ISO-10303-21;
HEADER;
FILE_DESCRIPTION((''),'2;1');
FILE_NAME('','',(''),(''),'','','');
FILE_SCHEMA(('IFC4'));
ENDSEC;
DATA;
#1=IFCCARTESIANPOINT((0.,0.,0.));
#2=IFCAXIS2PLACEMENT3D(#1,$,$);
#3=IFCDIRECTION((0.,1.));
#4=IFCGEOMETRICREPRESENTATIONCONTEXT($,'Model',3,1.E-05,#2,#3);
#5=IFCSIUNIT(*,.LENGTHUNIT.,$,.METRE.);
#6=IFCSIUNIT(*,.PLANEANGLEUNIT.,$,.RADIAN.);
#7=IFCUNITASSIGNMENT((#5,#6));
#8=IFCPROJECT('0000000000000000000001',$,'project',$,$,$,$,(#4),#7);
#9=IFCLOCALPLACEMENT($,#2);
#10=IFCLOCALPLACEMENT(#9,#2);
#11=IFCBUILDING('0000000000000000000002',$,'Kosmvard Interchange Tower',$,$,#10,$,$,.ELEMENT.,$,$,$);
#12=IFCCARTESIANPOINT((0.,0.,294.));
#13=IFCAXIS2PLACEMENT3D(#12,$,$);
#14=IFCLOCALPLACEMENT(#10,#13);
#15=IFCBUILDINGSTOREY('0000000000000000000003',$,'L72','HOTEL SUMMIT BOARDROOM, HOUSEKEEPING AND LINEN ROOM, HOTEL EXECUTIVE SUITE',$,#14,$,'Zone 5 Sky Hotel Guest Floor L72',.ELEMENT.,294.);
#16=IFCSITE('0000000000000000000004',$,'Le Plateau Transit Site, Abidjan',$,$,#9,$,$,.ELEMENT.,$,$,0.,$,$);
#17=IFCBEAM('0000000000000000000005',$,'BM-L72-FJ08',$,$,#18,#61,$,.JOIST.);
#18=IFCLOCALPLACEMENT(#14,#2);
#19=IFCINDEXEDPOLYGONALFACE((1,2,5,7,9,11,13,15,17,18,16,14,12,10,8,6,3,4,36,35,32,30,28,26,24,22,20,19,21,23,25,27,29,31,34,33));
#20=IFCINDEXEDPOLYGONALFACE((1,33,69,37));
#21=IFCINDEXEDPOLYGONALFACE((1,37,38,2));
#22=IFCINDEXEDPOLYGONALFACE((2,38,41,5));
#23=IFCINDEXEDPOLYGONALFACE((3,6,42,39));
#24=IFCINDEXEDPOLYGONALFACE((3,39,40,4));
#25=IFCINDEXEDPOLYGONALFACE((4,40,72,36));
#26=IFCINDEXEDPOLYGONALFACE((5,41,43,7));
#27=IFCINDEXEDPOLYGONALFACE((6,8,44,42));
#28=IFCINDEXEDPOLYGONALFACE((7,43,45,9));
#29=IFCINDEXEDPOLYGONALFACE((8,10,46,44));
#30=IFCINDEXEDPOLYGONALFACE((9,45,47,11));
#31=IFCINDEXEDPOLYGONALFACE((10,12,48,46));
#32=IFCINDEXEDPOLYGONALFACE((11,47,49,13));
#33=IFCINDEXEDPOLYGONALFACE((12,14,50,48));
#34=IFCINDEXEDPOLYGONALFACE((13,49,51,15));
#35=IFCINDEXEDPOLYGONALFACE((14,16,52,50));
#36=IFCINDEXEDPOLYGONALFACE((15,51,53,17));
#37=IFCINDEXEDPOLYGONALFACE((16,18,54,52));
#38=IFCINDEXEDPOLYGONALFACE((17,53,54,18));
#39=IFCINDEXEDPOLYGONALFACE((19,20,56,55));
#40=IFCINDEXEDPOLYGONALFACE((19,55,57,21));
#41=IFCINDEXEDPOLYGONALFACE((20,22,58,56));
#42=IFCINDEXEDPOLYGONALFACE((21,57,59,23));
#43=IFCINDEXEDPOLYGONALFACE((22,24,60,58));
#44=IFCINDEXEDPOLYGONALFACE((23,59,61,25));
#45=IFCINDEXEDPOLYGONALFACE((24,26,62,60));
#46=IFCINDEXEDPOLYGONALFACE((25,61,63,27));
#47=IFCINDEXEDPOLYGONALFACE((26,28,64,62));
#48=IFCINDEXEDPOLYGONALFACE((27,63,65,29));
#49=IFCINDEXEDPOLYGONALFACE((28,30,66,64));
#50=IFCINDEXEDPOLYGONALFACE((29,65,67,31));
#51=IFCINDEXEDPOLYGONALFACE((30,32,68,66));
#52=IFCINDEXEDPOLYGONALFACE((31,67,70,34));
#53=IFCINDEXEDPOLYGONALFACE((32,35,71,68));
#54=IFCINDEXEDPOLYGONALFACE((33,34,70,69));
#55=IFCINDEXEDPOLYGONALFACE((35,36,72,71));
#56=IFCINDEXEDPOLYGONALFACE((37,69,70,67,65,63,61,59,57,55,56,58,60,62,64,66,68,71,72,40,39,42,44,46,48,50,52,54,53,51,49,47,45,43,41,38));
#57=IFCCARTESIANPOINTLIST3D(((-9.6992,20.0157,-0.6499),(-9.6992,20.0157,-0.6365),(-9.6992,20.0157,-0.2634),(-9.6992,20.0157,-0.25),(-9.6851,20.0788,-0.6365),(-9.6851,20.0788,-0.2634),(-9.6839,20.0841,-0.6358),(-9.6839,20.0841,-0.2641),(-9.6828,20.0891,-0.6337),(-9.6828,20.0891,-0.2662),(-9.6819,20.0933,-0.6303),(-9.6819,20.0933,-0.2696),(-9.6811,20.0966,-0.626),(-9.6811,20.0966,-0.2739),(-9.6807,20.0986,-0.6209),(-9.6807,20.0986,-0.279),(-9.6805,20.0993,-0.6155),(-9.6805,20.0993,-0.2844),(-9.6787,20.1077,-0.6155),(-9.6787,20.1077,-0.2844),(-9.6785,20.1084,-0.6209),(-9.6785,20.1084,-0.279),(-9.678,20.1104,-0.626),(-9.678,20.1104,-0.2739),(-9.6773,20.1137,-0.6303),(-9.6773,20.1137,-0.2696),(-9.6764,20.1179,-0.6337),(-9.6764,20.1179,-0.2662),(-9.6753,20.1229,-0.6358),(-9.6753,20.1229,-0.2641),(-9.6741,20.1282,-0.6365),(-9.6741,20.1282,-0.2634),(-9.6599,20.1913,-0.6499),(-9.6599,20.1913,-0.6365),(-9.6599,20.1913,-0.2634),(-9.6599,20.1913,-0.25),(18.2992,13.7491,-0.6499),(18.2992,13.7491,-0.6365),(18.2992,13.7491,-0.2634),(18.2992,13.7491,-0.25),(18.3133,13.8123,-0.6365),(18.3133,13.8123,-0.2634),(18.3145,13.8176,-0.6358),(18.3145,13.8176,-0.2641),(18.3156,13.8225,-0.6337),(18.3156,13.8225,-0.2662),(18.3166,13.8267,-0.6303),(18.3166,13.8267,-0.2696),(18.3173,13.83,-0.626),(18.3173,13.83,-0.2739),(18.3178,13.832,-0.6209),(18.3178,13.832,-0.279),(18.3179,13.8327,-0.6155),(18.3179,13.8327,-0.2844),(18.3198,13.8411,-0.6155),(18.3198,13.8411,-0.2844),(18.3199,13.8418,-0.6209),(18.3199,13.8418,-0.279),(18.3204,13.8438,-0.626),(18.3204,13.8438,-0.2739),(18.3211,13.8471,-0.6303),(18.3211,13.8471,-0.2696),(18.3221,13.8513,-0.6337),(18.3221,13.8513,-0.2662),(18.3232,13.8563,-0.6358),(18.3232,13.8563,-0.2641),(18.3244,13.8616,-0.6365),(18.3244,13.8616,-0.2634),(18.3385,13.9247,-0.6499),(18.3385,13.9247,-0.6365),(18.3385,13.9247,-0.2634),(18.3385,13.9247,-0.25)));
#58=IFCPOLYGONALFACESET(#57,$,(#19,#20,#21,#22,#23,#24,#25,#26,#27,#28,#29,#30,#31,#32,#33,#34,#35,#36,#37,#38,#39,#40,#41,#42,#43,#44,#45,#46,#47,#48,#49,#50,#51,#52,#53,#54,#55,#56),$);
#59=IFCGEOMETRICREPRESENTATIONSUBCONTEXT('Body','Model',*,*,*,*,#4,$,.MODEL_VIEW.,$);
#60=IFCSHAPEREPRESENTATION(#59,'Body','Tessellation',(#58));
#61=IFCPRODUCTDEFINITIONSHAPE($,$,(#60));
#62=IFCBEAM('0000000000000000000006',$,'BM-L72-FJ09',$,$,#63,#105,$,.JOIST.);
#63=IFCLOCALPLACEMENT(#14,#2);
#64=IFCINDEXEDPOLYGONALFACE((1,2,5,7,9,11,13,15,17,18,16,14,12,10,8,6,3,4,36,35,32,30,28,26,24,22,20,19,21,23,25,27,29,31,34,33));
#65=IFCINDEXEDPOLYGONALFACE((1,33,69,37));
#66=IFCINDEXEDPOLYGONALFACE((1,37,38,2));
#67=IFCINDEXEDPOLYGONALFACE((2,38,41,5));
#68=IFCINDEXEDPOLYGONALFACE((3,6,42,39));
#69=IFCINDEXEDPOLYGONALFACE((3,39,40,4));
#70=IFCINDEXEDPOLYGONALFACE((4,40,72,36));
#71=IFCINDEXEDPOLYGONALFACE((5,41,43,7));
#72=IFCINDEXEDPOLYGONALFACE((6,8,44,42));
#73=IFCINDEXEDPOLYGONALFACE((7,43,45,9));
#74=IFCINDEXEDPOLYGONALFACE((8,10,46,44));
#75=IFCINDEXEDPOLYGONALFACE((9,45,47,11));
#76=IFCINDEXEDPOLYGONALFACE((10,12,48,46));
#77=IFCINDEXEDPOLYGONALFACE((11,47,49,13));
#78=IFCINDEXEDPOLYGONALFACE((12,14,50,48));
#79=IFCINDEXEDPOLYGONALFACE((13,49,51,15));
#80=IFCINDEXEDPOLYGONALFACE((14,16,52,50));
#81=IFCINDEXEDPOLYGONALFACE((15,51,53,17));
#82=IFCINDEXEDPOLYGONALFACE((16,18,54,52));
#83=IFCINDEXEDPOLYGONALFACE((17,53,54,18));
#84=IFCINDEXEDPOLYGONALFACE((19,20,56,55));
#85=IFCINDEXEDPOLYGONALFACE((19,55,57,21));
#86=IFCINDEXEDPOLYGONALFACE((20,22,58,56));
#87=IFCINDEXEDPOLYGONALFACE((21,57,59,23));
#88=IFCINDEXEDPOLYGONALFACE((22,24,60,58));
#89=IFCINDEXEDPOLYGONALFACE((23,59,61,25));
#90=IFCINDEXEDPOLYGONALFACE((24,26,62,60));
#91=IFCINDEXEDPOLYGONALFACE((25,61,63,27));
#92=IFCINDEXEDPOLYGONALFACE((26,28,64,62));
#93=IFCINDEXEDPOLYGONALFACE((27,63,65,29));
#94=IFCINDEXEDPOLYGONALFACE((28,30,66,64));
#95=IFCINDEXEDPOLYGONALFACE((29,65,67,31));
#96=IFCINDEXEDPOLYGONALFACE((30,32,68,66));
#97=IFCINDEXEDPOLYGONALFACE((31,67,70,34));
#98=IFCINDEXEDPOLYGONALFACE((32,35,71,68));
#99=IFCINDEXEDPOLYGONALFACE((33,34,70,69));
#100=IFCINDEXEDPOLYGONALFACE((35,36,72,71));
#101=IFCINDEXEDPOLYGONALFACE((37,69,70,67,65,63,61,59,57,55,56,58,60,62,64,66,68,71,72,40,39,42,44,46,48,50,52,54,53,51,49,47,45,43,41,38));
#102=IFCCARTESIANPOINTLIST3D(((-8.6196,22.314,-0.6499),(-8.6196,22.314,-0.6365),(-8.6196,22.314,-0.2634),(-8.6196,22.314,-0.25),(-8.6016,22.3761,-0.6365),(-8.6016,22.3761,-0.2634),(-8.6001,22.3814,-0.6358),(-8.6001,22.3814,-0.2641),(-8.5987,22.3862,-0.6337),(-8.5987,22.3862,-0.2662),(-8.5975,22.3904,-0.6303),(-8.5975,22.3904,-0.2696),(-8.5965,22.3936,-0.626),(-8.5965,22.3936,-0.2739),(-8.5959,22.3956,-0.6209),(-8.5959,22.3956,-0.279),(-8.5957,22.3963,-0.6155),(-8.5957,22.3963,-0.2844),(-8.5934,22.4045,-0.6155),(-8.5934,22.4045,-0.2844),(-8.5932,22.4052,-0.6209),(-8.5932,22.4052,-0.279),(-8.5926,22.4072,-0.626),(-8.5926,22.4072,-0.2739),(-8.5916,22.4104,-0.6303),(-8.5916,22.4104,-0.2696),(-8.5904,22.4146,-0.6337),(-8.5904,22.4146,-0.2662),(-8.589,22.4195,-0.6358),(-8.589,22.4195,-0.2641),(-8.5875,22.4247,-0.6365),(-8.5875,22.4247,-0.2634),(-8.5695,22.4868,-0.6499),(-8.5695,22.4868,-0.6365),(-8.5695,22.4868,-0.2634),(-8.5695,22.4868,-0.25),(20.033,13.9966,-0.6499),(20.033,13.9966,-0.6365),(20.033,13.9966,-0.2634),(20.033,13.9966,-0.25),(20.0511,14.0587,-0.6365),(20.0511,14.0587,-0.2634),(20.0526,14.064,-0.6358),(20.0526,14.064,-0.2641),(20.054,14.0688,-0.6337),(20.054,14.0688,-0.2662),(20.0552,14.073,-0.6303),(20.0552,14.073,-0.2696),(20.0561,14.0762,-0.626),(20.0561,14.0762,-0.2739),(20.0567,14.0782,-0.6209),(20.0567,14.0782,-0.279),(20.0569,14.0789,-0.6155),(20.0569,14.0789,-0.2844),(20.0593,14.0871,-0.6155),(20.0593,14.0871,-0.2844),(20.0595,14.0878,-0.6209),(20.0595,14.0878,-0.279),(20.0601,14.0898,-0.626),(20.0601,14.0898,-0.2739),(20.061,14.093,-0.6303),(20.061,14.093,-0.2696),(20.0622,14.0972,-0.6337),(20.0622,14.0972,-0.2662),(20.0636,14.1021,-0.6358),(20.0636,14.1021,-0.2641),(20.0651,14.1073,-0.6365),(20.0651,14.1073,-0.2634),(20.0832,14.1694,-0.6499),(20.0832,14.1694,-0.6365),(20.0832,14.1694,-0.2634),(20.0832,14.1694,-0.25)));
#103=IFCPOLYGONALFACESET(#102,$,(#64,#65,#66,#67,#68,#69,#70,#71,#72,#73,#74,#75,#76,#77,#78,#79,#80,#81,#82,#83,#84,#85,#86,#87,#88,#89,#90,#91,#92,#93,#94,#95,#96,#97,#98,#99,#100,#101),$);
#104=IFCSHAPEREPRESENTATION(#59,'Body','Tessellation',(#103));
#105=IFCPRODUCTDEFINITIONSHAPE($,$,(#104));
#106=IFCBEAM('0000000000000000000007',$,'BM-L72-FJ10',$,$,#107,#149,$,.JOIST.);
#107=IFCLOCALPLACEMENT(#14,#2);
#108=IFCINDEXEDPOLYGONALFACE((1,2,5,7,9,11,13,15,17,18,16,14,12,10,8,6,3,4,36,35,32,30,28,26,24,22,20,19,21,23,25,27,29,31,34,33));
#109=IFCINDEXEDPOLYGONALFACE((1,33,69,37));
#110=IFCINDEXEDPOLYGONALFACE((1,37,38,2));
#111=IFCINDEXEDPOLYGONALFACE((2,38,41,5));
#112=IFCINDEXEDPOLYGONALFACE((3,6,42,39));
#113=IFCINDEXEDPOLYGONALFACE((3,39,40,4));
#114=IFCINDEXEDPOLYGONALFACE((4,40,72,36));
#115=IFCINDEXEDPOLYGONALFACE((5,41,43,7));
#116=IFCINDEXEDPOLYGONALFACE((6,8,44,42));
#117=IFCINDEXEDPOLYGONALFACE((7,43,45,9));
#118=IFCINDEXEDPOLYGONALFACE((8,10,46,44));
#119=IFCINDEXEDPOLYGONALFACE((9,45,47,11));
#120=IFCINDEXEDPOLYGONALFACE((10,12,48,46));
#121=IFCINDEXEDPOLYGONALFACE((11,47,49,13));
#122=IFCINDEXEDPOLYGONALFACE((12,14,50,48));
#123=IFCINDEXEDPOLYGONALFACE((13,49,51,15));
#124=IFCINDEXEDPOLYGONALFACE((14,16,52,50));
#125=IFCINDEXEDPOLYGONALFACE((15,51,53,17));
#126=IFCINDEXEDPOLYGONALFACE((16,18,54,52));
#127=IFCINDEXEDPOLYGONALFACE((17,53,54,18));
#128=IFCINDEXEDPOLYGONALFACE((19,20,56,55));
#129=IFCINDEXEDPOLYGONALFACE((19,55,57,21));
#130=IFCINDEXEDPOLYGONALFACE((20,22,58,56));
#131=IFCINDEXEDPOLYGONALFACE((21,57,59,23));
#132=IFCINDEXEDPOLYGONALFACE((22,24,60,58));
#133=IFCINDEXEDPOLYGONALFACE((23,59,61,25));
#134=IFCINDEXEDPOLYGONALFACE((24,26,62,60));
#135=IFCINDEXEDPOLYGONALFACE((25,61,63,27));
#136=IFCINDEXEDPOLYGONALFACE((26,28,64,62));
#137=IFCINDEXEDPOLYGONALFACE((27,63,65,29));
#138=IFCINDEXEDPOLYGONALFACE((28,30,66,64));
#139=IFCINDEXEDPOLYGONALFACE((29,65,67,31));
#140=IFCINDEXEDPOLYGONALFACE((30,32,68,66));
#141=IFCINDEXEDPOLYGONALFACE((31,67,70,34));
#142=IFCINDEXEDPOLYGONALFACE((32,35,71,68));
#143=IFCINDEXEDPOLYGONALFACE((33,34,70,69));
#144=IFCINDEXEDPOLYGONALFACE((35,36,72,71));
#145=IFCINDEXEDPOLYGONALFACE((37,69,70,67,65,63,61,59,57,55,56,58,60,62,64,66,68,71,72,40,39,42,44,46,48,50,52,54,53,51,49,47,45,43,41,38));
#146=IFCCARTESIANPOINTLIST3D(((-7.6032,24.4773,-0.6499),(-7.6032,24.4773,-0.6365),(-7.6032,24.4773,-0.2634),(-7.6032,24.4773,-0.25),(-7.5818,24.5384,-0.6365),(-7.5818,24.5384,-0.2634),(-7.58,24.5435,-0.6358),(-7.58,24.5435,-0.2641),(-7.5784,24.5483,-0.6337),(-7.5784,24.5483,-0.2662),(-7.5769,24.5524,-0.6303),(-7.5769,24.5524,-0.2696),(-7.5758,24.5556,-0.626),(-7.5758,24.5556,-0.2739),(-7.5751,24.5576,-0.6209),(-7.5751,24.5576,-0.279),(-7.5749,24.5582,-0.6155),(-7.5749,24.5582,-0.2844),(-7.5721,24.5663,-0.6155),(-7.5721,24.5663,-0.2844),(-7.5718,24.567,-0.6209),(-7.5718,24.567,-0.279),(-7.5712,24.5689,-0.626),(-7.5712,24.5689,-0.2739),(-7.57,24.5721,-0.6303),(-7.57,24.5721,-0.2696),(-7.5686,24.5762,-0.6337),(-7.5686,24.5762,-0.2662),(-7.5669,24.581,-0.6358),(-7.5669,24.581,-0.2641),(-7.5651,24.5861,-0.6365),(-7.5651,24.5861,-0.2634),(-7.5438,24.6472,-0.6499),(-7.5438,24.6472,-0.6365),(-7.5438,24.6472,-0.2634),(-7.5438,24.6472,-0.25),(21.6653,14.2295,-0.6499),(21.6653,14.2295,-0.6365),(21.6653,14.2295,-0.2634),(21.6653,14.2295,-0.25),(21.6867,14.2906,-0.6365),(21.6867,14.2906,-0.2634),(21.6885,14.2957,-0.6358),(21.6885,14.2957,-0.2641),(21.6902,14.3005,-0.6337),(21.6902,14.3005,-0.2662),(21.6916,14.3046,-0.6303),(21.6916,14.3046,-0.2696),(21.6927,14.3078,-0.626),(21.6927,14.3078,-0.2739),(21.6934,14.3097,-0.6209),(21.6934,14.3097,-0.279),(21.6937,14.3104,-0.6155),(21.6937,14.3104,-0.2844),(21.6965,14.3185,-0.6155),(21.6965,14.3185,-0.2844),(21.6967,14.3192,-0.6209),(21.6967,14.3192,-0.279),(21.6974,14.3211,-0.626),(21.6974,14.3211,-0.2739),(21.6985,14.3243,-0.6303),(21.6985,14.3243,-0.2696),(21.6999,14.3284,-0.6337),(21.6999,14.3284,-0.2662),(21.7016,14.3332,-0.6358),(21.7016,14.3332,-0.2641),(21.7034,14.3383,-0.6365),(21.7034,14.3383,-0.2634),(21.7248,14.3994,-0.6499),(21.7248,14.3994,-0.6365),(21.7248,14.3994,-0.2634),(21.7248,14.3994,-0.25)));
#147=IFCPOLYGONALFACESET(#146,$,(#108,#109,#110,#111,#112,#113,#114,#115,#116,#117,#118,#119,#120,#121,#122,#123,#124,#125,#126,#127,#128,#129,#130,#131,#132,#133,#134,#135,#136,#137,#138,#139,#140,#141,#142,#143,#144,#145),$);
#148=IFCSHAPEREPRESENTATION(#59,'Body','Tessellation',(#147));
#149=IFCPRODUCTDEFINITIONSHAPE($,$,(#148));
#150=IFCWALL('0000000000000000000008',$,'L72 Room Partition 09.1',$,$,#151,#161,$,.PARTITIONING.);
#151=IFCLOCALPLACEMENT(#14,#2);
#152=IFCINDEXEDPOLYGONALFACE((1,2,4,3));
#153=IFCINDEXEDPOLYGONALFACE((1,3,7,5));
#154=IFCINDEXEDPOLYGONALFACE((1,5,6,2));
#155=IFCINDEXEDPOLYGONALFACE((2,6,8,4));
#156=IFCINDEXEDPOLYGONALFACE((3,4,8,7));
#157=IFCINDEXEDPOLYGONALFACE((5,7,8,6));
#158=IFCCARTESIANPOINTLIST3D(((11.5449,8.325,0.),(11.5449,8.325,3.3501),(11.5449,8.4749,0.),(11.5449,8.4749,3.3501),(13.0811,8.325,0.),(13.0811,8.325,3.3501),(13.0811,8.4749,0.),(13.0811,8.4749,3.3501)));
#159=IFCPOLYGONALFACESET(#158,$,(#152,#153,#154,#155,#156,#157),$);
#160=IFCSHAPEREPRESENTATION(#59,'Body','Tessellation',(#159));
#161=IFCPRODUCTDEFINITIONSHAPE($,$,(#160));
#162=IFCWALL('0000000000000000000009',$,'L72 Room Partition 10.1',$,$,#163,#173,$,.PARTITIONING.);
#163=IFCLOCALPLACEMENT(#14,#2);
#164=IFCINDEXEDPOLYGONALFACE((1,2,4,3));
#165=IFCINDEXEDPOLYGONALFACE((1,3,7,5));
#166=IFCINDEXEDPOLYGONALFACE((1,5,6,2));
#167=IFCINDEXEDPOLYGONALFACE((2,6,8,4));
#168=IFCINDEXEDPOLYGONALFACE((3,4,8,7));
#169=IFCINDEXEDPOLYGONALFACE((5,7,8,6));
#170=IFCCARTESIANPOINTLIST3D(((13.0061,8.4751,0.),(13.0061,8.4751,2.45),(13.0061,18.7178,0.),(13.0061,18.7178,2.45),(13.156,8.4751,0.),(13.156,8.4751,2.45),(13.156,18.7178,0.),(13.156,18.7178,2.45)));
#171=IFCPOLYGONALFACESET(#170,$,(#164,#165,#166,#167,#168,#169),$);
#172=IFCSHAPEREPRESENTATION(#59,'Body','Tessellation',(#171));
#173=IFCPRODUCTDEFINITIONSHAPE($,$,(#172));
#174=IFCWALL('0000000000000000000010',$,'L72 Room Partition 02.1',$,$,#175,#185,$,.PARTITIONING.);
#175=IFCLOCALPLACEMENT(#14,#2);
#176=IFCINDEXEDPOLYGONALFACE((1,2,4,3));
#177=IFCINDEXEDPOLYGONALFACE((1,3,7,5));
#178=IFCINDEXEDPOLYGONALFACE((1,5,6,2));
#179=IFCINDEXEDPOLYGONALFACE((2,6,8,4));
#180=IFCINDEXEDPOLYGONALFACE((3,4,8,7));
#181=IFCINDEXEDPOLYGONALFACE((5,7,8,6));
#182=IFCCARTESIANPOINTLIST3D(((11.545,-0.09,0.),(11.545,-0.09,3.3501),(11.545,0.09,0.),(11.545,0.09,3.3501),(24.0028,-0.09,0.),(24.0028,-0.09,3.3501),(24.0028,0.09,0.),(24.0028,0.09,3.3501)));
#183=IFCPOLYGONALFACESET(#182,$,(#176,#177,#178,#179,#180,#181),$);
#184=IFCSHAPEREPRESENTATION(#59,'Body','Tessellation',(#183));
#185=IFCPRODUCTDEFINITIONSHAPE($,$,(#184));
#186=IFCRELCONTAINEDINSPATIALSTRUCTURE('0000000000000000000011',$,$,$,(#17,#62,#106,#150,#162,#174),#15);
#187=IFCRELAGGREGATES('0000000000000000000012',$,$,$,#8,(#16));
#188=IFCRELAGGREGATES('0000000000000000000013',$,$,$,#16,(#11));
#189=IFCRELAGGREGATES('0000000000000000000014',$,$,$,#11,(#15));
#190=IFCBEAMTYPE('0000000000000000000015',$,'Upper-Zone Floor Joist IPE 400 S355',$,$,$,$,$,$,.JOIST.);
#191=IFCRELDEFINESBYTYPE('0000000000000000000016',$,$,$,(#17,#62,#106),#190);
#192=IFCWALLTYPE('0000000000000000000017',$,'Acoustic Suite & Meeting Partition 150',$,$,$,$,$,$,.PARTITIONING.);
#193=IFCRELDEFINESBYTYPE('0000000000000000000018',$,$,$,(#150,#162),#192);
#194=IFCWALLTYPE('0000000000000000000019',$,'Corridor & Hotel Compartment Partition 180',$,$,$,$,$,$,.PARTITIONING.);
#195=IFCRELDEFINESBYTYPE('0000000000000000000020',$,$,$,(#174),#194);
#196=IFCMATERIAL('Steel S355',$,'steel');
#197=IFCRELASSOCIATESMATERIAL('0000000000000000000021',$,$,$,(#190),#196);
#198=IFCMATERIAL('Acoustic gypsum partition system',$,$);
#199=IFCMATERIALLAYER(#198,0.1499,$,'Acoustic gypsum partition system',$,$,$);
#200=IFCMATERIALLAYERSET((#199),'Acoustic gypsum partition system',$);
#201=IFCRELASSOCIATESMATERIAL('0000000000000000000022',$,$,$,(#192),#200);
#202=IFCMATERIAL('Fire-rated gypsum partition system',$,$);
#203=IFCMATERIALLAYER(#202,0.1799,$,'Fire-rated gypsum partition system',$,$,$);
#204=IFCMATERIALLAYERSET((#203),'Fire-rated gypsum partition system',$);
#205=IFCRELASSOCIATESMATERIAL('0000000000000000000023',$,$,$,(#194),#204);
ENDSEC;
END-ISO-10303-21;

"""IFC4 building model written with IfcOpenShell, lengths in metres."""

from ifc_helpers import new_model, si_unit, direction, frame, frame_2d, origin, origin_2d, place, context, subcontext, project, spatial, rectangle, i_section, extrude, source, transform, mapped, material, layer, layer_set, material_profile, profile_set, type_object, element, save


model = new_model("IFC4")

# Units and contexts
model_context = context("Model", 3, precision=1e-05, world=origin(), true_north=direction((0.0, 1.0)))
body_context = subcontext(model_context, "Body", "Model", "MODEL_VIEW")
ifc_project = project(units=[si_unit("LENGTHUNIT", "METRE"), si_unit("PLANEANGLEUNIT", "RADIAN")], contexts=[model_context])

# Site, building, storey
site_placement = place(None, origin())
site = spatial("IfcSite", under=ifc_project, at=site_placement, Name="Le Plateau Transit Site, Abidjan", CompositionType="ELEMENT", RefElevation=0.0)
building_placement = place(site_placement, origin())
building = spatial("IfcBuilding", under=site, at=building_placement, Name="Kosmvard Interchange Tower", CompositionType="ELEMENT")
storey_placement = place(building_placement, frame((0.0, 0.0, 294.0)))
storey = spatial("IfcBuildingStorey", under=building, at=storey_placement, Name="L72", Description="HOTEL SUMMIT BOARDROOM, HOUSEKEEPING AND LINEN ROOM, HOTEL EXECUTIVE SUITE", LongName="Zone 5 Sky Hotel Guest Floor L72", CompositionType="ELEMENT", Elevation=294.0)

# Beams
ifc_material_1 = material(Name="Steel S355", Category="steel")
ifc_material_profile_1 = material_profile(ifc_material_1, i_section(OverallWidth=0.1799, OverallDepth=0.3999, WebThickness=0.0085, FlangeThickness=0.0134, FilletRadius=0.021, at=origin_2d()), Name="IPE 400")
ifc_profile_set_1 = profile_set([ifc_material_profile_1], Name="Steel S355")
beam_type_1 = type_object("IfcBeamType", Name="Upper-Zone Floor Joist IPE 400 S355", PredefinedType="JOIST", material=ifc_profile_set_1)
shared_shape_1 = source(origin(), body_context, "Body", "SweptSolid", [
    extrude(i_section(OverallWidth=0.1799, OverallDepth=0.3999, WebThickness=0.0085, FlangeThickness=0.0134, FilletRadius=0.021, at=origin_2d()), origin(), (0.0, 0.0, 1.0), 28.6912),
])
beam_1_placement = place(storey_placement, frame((18.3188, 13.8369, -0.45), z_axis=(-0.975856, 0.218415, 0.0), x_axis=(-0.218415, -0.975856, 0.0)))
element("IfcBeam", 1, at=beam_1_placement, inside=storey, type_object=beam_type_1, Name="BM-L72-FJ08", PredefinedType="JOIST", context=body_context, shape_type="MappedRepresentation", body=[
    mapped(shared_shape_1, transform((0.0, 0.0, 0.0), scale=1.0)),
])
shared_shape_2 = source(origin(), body_context, "Body", "SweptSolid", [
    extrude(i_section(OverallWidth=0.1799, OverallDepth=0.3999, WebThickness=0.0085, FlangeThickness=0.0134, FilletRadius=0.021, at=origin_2d()), origin(), (0.0, 0.0, 1.0), 29.8354),
])
beam_2_placement = place(storey_placement, frame((20.0581, 14.083, -0.45), z_axis=(-0.960356, 0.278776, 0.0), x_axis=(-0.278776, -0.960356, 0.0)))
element("IfcBeam", 2, at=beam_2_placement, inside=storey, type_object=beam_type_1, Name="BM-L72-FJ09", PredefinedType="JOIST", context=body_context, shape_type="MappedRepresentation", body=[
    mapped(shared_shape_2, transform((0.0, 0.0, 0.0), scale=1.0)),
])
shared_shape_3 = source(origin(), body_context, "Body", "SweptSolid", [
    extrude(i_section(OverallWidth=0.1799, OverallDepth=0.3999, WebThickness=0.0085, FlangeThickness=0.0134, FilletRadius=0.021, at=origin_2d()), origin(), (0.0, 0.0, 1.0), 31.0107),
])
beam_3_placement = place(storey_placement, frame((21.6951, 14.3145, -0.45), z_axis=(-0.94382, 0.33046, 0.0), x_axis=(-0.33046, -0.94382, 0.0)))
element("IfcBeam", 3, at=beam_3_placement, inside=storey, type_object=beam_type_1, Name="BM-L72-FJ10", PredefinedType="JOIST", context=body_context, shape_type="MappedRepresentation", body=[
    mapped(shared_shape_3, transform((0.0, 0.0, 0.0), scale=1.0)),
])

# Walls
ifc_material_2 = material(Name="Acoustic gypsum partition system")
ifc_layer_1 = layer(ifc_material_2, 0.1499, Name="Acoustic gypsum partition system")
ifc_layer_set_1 = layer_set([ifc_layer_1], Name="Acoustic gypsum partition system")
wall_type_1 = type_object("IfcWallType", Name="Acoustic Suite & Meeting Partition 150", PredefinedType="PARTITIONING", material=ifc_layer_set_1)
wall_1_placement = place(storey_placement, frame((11.5449, 8.3999, 0.0), z_axis=(0.0, 0.0, 1.0), x_axis=(1.0, 0.0, 0.0)))
element("IfcWall", 4, at=wall_1_placement, inside=storey, type_object=wall_type_1, Name="L72 Room Partition 09.1", PredefinedType="PARTITIONING", context=body_context, shape_type="SweptSolid", body=[
    extrude(rectangle(XDim=1.5361, YDim=0.1499, at=frame_2d((0.7681, 0.0))), origin(), (0.0, 0.0, 1.0), 3.3501),
])
wall_2_placement = place(storey_placement, frame((13.0811, 8.4751, 0.0), z_axis=(0.0, 0.0, 1.0), x_axis=(0.0, 1.0, 0.0)))
element("IfcWall", 5, at=wall_2_placement, inside=storey, type_object=wall_type_1, Name="L72 Room Partition 10.1", PredefinedType="PARTITIONING", context=body_context, shape_type="SweptSolid", body=[
    extrude(rectangle(XDim=10.2427, YDim=0.1499, at=frame_2d((5.1213, 0.0))), origin(), (0.0, 0.0, 1.0), 2.45),
])
ifc_material_3 = material(Name="Fire-rated gypsum partition system")
ifc_layer_2 = layer(ifc_material_3, 0.1799, Name="Fire-rated gypsum partition system")
ifc_layer_set_2 = layer_set([ifc_layer_2], Name="Fire-rated gypsum partition system")
wall_type_2 = type_object("IfcWallType", Name="Corridor & Hotel Compartment Partition 180", PredefinedType="PARTITIONING", material=ifc_layer_set_2)
wall_3_placement = place(storey_placement, frame((11.5449, 0.0, 0.0), z_axis=(0.0, 0.0, 1.0), x_axis=(1.0, 0.0, 0.0)))
element("IfcWall", 6, at=wall_3_placement, inside=storey, type_object=wall_type_2, Name="L72 Room Partition 02.1", PredefinedType="PARTITIONING", context=body_context, shape_type="SweptSolid", body=[
    extrude(rectangle(XDim=12.4578, YDim=0.1799, at=frame_2d((6.229, 0.0))), origin(), (0.0, 0.0, 1.0), 3.3501),
])

save(model, "model.ifc")
